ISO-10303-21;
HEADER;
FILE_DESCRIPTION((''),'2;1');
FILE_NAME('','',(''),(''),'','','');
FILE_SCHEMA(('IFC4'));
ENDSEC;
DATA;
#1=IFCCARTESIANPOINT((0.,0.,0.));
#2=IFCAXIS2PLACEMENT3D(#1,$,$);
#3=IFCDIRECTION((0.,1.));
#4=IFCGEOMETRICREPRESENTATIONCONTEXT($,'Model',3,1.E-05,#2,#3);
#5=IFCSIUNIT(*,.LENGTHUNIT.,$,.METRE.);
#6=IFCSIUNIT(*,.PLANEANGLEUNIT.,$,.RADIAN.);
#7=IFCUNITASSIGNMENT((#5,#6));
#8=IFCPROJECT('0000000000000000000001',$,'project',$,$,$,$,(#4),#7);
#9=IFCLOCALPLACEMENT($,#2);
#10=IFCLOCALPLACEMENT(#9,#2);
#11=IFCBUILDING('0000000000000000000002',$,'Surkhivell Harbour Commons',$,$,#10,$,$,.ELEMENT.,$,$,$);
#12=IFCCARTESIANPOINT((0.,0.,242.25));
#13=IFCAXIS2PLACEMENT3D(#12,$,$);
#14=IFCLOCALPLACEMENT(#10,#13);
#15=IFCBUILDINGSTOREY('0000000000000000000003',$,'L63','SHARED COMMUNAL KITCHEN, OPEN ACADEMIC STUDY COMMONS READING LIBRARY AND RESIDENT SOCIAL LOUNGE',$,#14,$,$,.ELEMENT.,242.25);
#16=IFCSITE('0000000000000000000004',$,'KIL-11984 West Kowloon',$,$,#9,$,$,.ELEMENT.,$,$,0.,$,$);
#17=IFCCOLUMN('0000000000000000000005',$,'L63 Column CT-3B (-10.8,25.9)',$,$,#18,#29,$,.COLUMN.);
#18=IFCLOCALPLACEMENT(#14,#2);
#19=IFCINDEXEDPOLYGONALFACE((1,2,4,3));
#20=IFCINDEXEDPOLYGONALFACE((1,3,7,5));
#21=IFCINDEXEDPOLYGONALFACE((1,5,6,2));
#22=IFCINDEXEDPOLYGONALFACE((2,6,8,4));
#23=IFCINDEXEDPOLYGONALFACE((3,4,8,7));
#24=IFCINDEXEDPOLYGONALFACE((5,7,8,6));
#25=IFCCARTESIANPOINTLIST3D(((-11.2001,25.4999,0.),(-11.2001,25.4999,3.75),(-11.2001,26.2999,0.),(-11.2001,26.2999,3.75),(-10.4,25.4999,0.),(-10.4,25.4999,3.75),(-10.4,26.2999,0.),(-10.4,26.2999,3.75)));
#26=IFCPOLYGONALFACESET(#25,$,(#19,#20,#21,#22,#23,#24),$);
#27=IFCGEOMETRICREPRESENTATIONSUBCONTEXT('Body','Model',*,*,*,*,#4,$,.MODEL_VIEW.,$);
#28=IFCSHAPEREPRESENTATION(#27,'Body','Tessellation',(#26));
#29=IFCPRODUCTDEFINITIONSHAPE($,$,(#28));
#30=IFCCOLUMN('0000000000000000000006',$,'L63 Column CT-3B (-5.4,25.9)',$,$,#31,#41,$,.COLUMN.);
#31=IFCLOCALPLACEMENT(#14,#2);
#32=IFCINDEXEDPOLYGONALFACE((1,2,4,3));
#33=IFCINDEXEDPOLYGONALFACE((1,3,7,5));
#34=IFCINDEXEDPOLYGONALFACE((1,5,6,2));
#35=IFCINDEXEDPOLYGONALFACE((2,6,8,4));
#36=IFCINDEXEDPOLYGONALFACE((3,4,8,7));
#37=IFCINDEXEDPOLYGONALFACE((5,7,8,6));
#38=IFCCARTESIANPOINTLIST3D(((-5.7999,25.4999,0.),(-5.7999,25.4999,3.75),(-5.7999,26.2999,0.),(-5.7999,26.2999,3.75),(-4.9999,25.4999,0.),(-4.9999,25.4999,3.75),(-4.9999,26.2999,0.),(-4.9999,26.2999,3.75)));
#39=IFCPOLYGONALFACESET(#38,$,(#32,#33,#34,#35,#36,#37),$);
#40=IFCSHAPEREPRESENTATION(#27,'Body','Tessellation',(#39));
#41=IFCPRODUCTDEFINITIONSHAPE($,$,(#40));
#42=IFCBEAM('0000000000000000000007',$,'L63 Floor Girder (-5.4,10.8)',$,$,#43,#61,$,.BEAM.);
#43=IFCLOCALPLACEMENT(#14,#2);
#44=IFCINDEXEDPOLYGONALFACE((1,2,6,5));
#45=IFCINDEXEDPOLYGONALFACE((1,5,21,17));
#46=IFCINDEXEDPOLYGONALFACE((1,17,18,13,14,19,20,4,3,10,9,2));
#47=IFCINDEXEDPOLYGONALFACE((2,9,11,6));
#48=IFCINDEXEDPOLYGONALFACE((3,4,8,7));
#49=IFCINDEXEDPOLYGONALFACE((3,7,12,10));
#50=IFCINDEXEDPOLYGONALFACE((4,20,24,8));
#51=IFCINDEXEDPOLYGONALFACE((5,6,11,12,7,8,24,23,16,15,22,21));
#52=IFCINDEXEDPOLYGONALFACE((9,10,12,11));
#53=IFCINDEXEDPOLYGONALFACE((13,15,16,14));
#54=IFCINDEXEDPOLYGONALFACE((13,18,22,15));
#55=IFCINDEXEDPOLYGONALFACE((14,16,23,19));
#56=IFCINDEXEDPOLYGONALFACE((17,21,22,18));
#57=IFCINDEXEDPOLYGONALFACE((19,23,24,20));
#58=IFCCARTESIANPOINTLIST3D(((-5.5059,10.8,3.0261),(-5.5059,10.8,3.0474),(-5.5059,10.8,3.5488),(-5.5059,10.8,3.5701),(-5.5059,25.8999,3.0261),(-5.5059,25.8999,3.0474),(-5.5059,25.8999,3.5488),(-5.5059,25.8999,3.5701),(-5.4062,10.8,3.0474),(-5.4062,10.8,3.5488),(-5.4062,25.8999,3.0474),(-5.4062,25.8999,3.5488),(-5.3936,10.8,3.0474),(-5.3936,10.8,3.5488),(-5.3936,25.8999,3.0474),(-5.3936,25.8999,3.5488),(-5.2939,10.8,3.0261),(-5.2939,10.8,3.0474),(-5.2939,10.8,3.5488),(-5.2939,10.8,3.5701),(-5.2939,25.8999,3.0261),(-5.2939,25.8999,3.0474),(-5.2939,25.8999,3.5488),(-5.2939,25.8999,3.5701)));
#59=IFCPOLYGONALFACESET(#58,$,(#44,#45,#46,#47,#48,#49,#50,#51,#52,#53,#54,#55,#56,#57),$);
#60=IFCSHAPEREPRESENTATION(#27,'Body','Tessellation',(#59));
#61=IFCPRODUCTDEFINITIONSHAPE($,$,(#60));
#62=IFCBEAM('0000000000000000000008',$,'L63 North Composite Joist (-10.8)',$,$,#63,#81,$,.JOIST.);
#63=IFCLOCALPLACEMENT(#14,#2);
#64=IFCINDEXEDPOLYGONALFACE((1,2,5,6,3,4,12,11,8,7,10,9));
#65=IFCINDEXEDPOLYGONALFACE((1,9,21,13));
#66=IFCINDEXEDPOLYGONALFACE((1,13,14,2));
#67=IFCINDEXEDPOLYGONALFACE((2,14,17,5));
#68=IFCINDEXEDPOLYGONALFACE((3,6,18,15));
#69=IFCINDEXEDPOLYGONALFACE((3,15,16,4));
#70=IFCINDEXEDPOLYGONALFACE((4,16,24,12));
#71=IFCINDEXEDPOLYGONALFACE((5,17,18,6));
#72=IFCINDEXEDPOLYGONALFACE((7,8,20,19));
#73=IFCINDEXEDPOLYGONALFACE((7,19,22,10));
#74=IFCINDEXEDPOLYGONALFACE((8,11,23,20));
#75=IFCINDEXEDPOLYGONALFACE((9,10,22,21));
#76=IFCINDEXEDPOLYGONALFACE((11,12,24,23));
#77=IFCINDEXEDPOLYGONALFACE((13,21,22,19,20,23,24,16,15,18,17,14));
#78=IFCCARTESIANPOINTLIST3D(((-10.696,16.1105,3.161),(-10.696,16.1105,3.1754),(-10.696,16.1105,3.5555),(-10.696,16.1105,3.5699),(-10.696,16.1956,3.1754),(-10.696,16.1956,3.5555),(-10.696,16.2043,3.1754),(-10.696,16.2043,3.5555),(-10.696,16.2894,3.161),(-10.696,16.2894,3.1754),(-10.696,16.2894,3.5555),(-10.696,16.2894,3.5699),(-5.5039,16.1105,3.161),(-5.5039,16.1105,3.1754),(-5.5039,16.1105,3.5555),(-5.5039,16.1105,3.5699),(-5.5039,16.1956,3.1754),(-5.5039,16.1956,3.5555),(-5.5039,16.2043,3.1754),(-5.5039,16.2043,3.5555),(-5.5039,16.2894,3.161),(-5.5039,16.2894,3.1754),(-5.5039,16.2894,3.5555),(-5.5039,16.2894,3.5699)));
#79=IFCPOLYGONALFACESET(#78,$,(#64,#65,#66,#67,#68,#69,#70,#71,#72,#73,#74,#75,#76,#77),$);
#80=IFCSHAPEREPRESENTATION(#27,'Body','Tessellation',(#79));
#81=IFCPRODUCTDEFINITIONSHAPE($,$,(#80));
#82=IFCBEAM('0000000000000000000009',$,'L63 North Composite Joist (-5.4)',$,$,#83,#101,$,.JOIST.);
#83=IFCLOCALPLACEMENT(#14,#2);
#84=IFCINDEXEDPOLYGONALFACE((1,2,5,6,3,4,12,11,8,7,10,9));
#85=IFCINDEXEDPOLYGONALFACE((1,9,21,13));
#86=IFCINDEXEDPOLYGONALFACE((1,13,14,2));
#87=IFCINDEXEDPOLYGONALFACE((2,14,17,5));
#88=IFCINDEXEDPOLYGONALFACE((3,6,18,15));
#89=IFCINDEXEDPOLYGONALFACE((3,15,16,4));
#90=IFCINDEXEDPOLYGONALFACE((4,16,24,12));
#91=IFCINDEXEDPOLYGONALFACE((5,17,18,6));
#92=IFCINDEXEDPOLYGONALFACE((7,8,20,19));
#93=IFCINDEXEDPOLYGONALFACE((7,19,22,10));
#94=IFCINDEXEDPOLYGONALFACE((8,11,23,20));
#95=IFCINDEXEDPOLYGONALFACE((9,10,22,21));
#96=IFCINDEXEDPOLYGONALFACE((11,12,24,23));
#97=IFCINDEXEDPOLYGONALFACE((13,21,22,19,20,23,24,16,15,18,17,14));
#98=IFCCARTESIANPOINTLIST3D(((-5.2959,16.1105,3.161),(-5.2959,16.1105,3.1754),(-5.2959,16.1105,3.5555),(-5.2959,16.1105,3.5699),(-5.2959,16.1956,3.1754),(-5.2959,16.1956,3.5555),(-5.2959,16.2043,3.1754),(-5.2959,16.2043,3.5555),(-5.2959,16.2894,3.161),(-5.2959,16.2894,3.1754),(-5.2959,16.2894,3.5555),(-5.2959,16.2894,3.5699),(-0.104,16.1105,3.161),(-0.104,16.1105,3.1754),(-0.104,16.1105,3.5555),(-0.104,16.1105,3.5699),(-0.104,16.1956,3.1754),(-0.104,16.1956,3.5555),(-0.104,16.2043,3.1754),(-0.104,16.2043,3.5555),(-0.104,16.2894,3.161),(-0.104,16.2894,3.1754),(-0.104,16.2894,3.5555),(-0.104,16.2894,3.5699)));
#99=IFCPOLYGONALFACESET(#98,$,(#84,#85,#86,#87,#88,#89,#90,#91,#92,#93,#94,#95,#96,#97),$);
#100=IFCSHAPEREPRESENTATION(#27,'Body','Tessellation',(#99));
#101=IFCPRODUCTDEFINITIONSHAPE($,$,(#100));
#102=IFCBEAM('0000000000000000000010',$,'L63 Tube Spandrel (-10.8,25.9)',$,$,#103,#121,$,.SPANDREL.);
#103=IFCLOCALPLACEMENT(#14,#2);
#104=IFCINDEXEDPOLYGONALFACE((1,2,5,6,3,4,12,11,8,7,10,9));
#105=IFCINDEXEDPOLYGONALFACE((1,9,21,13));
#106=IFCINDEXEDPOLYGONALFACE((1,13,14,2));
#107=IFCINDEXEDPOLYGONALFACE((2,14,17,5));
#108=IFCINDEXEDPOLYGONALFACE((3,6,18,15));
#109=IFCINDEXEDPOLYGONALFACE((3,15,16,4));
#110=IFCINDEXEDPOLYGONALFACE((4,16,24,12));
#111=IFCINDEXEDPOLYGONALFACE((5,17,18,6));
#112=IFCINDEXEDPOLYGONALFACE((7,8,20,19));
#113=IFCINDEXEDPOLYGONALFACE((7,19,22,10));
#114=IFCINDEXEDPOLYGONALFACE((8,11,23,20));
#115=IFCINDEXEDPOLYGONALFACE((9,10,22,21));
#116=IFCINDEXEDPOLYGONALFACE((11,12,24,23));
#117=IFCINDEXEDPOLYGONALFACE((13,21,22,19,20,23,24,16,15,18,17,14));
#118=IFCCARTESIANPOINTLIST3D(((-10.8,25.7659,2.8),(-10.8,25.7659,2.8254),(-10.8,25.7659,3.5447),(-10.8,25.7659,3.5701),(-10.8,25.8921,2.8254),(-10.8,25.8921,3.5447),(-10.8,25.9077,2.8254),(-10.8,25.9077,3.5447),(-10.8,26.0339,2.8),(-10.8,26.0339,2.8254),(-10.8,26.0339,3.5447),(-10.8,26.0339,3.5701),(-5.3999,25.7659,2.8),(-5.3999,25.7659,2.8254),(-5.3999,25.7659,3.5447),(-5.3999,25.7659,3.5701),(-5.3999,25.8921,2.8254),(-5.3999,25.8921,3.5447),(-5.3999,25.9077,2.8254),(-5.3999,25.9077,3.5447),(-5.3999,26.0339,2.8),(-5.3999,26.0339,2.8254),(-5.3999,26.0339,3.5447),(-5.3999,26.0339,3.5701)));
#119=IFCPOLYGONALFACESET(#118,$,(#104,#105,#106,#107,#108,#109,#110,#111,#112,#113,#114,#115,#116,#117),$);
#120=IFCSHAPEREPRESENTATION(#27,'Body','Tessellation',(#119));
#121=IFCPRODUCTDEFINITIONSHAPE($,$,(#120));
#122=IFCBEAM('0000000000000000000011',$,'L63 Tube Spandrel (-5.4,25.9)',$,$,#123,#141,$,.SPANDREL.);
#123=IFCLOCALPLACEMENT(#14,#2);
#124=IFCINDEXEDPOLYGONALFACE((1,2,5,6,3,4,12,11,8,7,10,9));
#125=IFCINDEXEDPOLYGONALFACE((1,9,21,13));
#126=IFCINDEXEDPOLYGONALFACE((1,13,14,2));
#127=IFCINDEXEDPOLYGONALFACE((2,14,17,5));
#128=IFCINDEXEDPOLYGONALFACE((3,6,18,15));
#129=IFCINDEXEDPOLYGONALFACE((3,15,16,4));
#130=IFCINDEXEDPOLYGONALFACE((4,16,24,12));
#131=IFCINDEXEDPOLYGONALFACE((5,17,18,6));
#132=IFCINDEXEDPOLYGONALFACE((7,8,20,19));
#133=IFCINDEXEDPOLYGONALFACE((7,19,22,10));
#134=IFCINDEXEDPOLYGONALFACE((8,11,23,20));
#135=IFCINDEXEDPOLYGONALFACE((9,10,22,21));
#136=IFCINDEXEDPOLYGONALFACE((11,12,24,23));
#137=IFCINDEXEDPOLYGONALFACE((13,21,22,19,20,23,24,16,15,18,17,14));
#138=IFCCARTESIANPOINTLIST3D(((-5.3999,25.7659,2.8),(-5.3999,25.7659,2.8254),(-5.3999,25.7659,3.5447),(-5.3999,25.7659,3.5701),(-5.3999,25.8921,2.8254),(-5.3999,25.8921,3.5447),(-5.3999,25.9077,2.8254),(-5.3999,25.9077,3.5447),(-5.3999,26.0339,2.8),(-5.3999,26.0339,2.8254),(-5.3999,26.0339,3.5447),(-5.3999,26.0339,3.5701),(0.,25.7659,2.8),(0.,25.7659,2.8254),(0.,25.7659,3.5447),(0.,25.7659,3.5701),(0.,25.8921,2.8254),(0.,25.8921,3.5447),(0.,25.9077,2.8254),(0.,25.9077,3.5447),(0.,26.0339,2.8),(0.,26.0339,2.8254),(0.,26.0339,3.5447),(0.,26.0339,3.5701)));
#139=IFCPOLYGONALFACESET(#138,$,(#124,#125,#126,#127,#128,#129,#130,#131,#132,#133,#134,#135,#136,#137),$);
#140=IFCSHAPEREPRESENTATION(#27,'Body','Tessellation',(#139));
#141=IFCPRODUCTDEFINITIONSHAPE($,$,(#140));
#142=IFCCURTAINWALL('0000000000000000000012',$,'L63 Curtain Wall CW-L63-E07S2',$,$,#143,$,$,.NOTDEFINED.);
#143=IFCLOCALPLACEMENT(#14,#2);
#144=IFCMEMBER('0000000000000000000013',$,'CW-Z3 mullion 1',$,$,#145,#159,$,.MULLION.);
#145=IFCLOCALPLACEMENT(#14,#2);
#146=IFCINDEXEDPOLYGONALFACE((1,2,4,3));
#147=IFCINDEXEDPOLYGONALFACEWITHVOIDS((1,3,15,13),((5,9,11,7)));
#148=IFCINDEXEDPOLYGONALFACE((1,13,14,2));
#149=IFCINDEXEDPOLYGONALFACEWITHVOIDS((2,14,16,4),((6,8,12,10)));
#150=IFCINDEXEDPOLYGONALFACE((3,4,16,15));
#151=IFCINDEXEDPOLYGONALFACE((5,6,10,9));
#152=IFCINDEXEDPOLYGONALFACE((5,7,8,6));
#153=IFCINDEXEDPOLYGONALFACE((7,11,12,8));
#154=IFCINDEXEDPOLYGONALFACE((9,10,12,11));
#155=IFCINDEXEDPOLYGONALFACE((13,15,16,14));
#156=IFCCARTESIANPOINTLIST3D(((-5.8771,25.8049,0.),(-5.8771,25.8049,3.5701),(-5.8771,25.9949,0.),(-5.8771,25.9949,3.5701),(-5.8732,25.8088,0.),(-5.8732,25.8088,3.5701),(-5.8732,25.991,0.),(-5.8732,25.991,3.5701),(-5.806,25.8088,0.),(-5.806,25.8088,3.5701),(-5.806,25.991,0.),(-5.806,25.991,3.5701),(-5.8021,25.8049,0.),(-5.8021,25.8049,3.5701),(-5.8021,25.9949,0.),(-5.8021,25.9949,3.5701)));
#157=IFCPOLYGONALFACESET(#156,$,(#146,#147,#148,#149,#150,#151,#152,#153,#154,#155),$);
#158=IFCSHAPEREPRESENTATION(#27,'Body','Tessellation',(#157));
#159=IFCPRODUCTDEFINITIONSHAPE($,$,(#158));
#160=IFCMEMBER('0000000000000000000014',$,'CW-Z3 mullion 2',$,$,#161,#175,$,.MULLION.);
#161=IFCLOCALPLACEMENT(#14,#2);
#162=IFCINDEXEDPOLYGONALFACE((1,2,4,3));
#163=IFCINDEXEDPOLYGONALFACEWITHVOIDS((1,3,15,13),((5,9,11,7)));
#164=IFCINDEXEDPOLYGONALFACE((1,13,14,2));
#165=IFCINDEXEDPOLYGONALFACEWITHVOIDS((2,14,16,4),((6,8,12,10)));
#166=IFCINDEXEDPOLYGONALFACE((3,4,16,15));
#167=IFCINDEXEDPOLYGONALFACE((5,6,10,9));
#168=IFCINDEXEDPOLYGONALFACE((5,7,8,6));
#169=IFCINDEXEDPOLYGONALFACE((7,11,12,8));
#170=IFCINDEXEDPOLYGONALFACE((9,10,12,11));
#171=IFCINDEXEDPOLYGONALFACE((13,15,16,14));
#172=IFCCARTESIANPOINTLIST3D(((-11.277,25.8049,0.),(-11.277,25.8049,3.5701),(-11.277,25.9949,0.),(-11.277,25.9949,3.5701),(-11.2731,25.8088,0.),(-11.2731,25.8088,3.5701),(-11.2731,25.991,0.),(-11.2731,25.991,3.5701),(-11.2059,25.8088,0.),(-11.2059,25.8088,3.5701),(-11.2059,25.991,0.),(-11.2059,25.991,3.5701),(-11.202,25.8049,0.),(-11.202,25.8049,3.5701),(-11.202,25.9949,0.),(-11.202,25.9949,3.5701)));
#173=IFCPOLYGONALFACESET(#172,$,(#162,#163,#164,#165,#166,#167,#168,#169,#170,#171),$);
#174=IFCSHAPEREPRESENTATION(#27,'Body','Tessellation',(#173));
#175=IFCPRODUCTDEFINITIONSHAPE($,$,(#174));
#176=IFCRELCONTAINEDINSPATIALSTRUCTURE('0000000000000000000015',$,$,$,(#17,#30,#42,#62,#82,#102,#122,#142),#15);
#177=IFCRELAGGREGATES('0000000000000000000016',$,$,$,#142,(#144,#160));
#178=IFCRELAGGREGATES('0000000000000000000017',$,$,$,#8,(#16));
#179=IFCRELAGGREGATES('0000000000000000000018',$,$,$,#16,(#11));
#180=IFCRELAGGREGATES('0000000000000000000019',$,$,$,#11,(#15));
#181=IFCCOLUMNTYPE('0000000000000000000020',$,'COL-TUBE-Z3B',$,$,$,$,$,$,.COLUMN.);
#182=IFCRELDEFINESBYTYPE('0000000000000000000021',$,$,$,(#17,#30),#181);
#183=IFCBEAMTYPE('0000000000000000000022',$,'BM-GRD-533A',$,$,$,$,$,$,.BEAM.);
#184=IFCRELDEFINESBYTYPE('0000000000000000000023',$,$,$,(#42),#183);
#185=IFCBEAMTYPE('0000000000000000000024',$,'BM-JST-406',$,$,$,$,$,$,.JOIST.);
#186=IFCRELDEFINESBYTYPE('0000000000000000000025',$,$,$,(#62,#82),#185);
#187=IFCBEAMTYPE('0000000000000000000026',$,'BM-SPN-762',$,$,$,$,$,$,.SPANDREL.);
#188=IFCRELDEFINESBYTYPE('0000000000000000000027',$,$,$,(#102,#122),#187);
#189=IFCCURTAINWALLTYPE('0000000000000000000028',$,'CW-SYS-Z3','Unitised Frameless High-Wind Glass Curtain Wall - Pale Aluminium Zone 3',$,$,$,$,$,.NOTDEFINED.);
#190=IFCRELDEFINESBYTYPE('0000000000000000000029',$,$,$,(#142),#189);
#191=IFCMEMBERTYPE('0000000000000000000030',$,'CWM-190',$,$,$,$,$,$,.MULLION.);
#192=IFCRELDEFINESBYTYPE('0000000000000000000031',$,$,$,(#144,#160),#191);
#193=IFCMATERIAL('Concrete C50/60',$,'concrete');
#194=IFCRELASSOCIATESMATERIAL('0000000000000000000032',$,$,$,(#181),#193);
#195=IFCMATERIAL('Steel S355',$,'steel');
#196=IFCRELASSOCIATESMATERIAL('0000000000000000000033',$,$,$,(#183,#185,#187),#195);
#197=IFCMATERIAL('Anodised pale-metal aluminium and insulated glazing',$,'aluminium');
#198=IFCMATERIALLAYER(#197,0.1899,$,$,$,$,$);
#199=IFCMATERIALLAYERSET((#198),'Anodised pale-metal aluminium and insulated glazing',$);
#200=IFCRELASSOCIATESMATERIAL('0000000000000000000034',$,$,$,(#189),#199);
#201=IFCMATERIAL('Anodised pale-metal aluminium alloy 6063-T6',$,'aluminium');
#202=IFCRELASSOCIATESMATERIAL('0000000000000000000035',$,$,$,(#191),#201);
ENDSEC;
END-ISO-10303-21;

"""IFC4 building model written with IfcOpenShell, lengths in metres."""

from ifc_helpers import new_model, si_unit, direction, frame, origin, origin_2d, place, context, subcontext, project, spatial, rectangle, hollow_rectangle, i_section, extrude, material, layer, layer_set, material_profile, profile_set, type_object, element, aggregate, save


model = new_model("IFC4")

# Units and contexts
model_context = context("Model", 3, precision=1e-05, world=origin(), true_north=direction((0.0, 1.0)))
body_context = subcontext(model_context, "Body", "Model", "MODEL_VIEW")
ifc_project = project(units=[si_unit("LENGTHUNIT", "METRE"), si_unit("PLANEANGLEUNIT", "RADIAN")], contexts=[model_context])

# Site, building, storey
site_placement = place(None, origin())
site = spatial("IfcSite", under=ifc_project, at=site_placement, Name="KIL-11984 West Kowloon", CompositionType="ELEMENT", RefElevation=0.0)
building_placement = place(site_placement, origin())
building = spatial("IfcBuilding", under=site, at=building_placement, Name="Surkhivell Harbour Commons", CompositionType="ELEMENT")
storey_placement = place(building_placement, frame((0.0, 0.0, 242.25)))
storey = spatial("IfcBuildingStorey", under=building, at=storey_placement, Name="L63", Description="SHARED COMMUNAL KITCHEN, OPEN ACADEMIC STUDY COMMONS READING LIBRARY AND RESIDENT SOCIAL LOUNGE", CompositionType="ELEMENT", Elevation=242.25)

# Columns
ifc_material_1 = material(Name="Concrete C50/60", Category="concrete")
ifc_material_profile_1 = material_profile(ifc_material_1, rectangle(XDim=0.8, YDim=0.8, at=origin_2d()), Name="RC-COL-800x800")
ifc_profile_set_1 = profile_set([ifc_material_profile_1], Name="Concrete C50/60")
column_type = type_object("IfcColumnType", Name="COL-TUBE-Z3B", PredefinedType="COLUMN", material=ifc_profile_set_1)
for number, where, z_axis, x_axis, name in (
    (1, (-10.8, 25.8999, 0.0), (0.0, 0.0, 1.0), (1.0, 0.0, 0.0), "L63 Column CT-3B (-10.8,25.9)"),
    (2, (-5.3999, 25.8999, 0.0), (0.0, 0.0, 1.0), (1.0, 0.0, 0.0), "L63 Column CT-3B (-5.4,25.9)"),
):
    element("IfcColumn", number, at=place(storey_placement, frame(where, z_axis=z_axis, x_axis=x_axis)), inside=storey, type_object=column_type, Name=name, PredefinedType="COLUMN", context=body_context, shape_type="SweptSolid", body=[
        extrude(rectangle(XDim=0.8, YDim=0.8, at=origin_2d()), origin(), (0.0, 0.0, 1.0), 3.75),
    ])

# Beams
ifc_material_2 = material(Name="Steel S355", Category="steel")
ifc_material_profile_2 = material_profile(ifc_material_2, i_section(OverallWidth=0.2119, OverallDepth=0.5439, WebThickness=0.0127, FlangeThickness=0.0212, at=origin_2d()), Name="UB533x210x122")
ifc_profile_set_2 = profile_set([ifc_material_profile_2], Name="Steel S355")
beam_type_1 = type_object("IfcBeamType", Name="BM-GRD-533A", PredefinedType="BEAM", material=ifc_profile_set_2)
beam_1_placement = place(storey_placement, frame((-5.3999, 10.8, 3.2981), z_axis=(0.0, 1.0, 0.0), x_axis=(-1.0, 0.0, 0.0)))
element("IfcBeam", 3, at=beam_1_placement, inside=storey, type_object=beam_type_1, Name="L63 Floor Girder (-5.4,10.8)", PredefinedType="BEAM", context=body_context, shape_type="SweptSolid", body=[
    extrude(i_section(OverallWidth=0.2119, OverallDepth=0.5439, WebThickness=0.0127, FlangeThickness=0.0212, at=origin_2d()), origin(), (0.0, 0.0, 1.0), 15.0999),
])
ifc_material_profile_3 = material_profile(ifc_material_2, i_section(OverallWidth=0.179, OverallDepth=0.4089, WebThickness=0.0088, FlangeThickness=0.0144, at=origin_2d()), Name="UB406x178x67")
ifc_profile_set_3 = profile_set([ifc_material_profile_3], Name="Steel S355")
beam_type_2 = type_object("IfcBeamType", Name="BM-JST-406", PredefinedType="JOIST", material=ifc_profile_set_3)
beam_2_placement = place(storey_placement, frame((-10.696, 16.2, 3.3655), z_axis=(1.0, 0.0, 0.0), x_axis=(0.0, 1.0, 0.0)))
element("IfcBeam", 4, at=beam_2_placement, inside=storey, type_object=beam_type_2, Name="L63 North Composite Joist (-10.8)", PredefinedType="JOIST", context=body_context, shape_type="SweptSolid", body=[
    extrude(i_section(OverallWidth=0.179, OverallDepth=0.4089, WebThickness=0.0088, FlangeThickness=0.0144, at=origin_2d()), origin(), (0.0, 0.0, 1.0), 5.1921),
])
beam_3_placement = place(storey_placement, frame((-5.2959, 16.2, 3.3655), z_axis=(1.0, 0.0, 0.0), x_axis=(0.0, 1.0, 0.0)))
element("IfcBeam", 5, at=beam_3_placement, inside=storey, type_object=beam_type_2, Name="L63 North Composite Joist (-5.4)", PredefinedType="JOIST", context=body_context, shape_type="SweptSolid", body=[
    extrude(i_section(OverallWidth=0.179, OverallDepth=0.4089, WebThickness=0.0088, FlangeThickness=0.0144, at=origin_2d()), origin(), (0.0, 0.0, 1.0), 5.1919),
])
ifc_material_profile_4 = material_profile(ifc_material_2, i_section(OverallWidth=0.2681, OverallDepth=0.77, WebThickness=0.0156, FlangeThickness=0.0254, at=origin_2d()), Name="UB762x267x197")
ifc_profile_set_4 = profile_set([ifc_material_profile_4], Name="Steel S355")
beam_type_3 = type_object("IfcBeamType", Name="BM-SPN-762", PredefinedType="SPANDREL", material=ifc_profile_set_4)
beam_4_placement = place(storey_placement, frame((-10.8, 25.8999, 3.1851), z_axis=(1.0, 0.0, 0.0), x_axis=(0.0, 1.0, 0.0)))
element("IfcBeam", 6, at=beam_4_placement, inside=storey, type_object=beam_type_3, Name="L63 Tube Spandrel (-10.8,25.9)", PredefinedType="SPANDREL", context=body_context, shape_type="SweptSolid", body=[
    extrude(i_section(OverallWidth=0.2681, OverallDepth=0.77, WebThickness=0.0156, FlangeThickness=0.0254, at=origin_2d()), origin(), (0.0, 0.0, 1.0), 5.4001),
])
beam_5_placement = place(storey_placement, frame((-5.3999, 25.8999, 3.1851), z_axis=(1.0, 0.0, 0.0), x_axis=(0.0, 1.0, 0.0)))
element("IfcBeam", 7, at=beam_5_placement, inside=storey, type_object=beam_type_3, Name="L63 Tube Spandrel (-5.4,25.9)", PredefinedType="SPANDREL", context=body_context, shape_type="SweptSolid", body=[
    extrude(i_section(OverallWidth=0.2681, OverallDepth=0.77, WebThickness=0.0156, FlangeThickness=0.0254, at=origin_2d()), origin(), (0.0, 0.0, 1.0), 5.3999),
])

# Curtain wall, members
ifc_material_3 = material(Name="Anodised pale-metal aluminium and insulated glazing", Category="aluminium")
ifc_layer_1 = layer(ifc_material_3, 0.1899)
ifc_layer_set_1 = layer_set([ifc_layer_1], Name="Anodised pale-metal aluminium and insulated glazing")
curtain_wall_type = type_object("IfcCurtainWallType", Name="CW-SYS-Z3", Description="Unitised Frameless High-Wind Glass Curtain Wall - Pale Aluminium Zone 3", PredefinedType="NOTDEFINED", material=ifc_layer_set_1)
curtain_wall_placement = place(storey_placement, origin())
curtain_wall = element("IfcCurtainWall", 8, at=curtain_wall_placement, inside=storey, type_object=curtain_wall_type, Name="L63 Curtain Wall CW-L63-E07S2", PredefinedType="NOTDEFINED")
ifc_material_4 = material(Name="Anodised pale-metal aluminium alloy 6063-T6", Category="aluminium")
ifc_material_profile_5 = material_profile(ifc_material_4, hollow_rectangle(XDim=0.075, YDim=0.1899, WallThickness=0.0039, at=origin_2d()), Name="ALU-MULL-75x190")
ifc_profile_set_5 = profile_set([ifc_material_profile_5], Name="Anodised pale-metal aluminium alloy 6063-T6")
member_type_1 = type_object("IfcMemberType", Name="CWM-190", PredefinedType="MULLION", material=ifc_profile_set_5)
member_1_placement = place(storey_placement, frame((-5.8396, 25.8999, 0.0), z_axis=(0.0, 0.0, 1.0), x_axis=(-1.0, 0.0, 0.0)))
member_1 = element("IfcMember", 9, at=member_1_placement, type_object=member_type_1, Name="CW-Z3 mullion 1", PredefinedType="MULLION", context=body_context, shape_type="SweptSolid", body=[
    extrude(hollow_rectangle(XDim=0.075, YDim=0.1899, WallThickness=0.0039, at=origin_2d()), origin(), (0.0, 0.0, 1.0), 3.5701),
])
member_2_placement = place(storey_placement, frame((-11.2395, 25.8999, 0.0), z_axis=(0.0, 0.0, 1.0), x_axis=(-1.0, 0.0, 0.0)))
member_2 = element("IfcMember", 10, at=member_2_placement, type_object=member_type_1, Name="CW-Z3 mullion 2", PredefinedType="MULLION", context=body_context, shape_type="SweptSolid", body=[
    extrude(hollow_rectangle(XDim=0.075, YDim=0.1899, WallThickness=0.0039, at=origin_2d()), origin(), (0.0, 0.0, 1.0), 3.5701),
])

aggregate(curtain_wall, [member_1, member_2])

save(model, "model.ifc")
